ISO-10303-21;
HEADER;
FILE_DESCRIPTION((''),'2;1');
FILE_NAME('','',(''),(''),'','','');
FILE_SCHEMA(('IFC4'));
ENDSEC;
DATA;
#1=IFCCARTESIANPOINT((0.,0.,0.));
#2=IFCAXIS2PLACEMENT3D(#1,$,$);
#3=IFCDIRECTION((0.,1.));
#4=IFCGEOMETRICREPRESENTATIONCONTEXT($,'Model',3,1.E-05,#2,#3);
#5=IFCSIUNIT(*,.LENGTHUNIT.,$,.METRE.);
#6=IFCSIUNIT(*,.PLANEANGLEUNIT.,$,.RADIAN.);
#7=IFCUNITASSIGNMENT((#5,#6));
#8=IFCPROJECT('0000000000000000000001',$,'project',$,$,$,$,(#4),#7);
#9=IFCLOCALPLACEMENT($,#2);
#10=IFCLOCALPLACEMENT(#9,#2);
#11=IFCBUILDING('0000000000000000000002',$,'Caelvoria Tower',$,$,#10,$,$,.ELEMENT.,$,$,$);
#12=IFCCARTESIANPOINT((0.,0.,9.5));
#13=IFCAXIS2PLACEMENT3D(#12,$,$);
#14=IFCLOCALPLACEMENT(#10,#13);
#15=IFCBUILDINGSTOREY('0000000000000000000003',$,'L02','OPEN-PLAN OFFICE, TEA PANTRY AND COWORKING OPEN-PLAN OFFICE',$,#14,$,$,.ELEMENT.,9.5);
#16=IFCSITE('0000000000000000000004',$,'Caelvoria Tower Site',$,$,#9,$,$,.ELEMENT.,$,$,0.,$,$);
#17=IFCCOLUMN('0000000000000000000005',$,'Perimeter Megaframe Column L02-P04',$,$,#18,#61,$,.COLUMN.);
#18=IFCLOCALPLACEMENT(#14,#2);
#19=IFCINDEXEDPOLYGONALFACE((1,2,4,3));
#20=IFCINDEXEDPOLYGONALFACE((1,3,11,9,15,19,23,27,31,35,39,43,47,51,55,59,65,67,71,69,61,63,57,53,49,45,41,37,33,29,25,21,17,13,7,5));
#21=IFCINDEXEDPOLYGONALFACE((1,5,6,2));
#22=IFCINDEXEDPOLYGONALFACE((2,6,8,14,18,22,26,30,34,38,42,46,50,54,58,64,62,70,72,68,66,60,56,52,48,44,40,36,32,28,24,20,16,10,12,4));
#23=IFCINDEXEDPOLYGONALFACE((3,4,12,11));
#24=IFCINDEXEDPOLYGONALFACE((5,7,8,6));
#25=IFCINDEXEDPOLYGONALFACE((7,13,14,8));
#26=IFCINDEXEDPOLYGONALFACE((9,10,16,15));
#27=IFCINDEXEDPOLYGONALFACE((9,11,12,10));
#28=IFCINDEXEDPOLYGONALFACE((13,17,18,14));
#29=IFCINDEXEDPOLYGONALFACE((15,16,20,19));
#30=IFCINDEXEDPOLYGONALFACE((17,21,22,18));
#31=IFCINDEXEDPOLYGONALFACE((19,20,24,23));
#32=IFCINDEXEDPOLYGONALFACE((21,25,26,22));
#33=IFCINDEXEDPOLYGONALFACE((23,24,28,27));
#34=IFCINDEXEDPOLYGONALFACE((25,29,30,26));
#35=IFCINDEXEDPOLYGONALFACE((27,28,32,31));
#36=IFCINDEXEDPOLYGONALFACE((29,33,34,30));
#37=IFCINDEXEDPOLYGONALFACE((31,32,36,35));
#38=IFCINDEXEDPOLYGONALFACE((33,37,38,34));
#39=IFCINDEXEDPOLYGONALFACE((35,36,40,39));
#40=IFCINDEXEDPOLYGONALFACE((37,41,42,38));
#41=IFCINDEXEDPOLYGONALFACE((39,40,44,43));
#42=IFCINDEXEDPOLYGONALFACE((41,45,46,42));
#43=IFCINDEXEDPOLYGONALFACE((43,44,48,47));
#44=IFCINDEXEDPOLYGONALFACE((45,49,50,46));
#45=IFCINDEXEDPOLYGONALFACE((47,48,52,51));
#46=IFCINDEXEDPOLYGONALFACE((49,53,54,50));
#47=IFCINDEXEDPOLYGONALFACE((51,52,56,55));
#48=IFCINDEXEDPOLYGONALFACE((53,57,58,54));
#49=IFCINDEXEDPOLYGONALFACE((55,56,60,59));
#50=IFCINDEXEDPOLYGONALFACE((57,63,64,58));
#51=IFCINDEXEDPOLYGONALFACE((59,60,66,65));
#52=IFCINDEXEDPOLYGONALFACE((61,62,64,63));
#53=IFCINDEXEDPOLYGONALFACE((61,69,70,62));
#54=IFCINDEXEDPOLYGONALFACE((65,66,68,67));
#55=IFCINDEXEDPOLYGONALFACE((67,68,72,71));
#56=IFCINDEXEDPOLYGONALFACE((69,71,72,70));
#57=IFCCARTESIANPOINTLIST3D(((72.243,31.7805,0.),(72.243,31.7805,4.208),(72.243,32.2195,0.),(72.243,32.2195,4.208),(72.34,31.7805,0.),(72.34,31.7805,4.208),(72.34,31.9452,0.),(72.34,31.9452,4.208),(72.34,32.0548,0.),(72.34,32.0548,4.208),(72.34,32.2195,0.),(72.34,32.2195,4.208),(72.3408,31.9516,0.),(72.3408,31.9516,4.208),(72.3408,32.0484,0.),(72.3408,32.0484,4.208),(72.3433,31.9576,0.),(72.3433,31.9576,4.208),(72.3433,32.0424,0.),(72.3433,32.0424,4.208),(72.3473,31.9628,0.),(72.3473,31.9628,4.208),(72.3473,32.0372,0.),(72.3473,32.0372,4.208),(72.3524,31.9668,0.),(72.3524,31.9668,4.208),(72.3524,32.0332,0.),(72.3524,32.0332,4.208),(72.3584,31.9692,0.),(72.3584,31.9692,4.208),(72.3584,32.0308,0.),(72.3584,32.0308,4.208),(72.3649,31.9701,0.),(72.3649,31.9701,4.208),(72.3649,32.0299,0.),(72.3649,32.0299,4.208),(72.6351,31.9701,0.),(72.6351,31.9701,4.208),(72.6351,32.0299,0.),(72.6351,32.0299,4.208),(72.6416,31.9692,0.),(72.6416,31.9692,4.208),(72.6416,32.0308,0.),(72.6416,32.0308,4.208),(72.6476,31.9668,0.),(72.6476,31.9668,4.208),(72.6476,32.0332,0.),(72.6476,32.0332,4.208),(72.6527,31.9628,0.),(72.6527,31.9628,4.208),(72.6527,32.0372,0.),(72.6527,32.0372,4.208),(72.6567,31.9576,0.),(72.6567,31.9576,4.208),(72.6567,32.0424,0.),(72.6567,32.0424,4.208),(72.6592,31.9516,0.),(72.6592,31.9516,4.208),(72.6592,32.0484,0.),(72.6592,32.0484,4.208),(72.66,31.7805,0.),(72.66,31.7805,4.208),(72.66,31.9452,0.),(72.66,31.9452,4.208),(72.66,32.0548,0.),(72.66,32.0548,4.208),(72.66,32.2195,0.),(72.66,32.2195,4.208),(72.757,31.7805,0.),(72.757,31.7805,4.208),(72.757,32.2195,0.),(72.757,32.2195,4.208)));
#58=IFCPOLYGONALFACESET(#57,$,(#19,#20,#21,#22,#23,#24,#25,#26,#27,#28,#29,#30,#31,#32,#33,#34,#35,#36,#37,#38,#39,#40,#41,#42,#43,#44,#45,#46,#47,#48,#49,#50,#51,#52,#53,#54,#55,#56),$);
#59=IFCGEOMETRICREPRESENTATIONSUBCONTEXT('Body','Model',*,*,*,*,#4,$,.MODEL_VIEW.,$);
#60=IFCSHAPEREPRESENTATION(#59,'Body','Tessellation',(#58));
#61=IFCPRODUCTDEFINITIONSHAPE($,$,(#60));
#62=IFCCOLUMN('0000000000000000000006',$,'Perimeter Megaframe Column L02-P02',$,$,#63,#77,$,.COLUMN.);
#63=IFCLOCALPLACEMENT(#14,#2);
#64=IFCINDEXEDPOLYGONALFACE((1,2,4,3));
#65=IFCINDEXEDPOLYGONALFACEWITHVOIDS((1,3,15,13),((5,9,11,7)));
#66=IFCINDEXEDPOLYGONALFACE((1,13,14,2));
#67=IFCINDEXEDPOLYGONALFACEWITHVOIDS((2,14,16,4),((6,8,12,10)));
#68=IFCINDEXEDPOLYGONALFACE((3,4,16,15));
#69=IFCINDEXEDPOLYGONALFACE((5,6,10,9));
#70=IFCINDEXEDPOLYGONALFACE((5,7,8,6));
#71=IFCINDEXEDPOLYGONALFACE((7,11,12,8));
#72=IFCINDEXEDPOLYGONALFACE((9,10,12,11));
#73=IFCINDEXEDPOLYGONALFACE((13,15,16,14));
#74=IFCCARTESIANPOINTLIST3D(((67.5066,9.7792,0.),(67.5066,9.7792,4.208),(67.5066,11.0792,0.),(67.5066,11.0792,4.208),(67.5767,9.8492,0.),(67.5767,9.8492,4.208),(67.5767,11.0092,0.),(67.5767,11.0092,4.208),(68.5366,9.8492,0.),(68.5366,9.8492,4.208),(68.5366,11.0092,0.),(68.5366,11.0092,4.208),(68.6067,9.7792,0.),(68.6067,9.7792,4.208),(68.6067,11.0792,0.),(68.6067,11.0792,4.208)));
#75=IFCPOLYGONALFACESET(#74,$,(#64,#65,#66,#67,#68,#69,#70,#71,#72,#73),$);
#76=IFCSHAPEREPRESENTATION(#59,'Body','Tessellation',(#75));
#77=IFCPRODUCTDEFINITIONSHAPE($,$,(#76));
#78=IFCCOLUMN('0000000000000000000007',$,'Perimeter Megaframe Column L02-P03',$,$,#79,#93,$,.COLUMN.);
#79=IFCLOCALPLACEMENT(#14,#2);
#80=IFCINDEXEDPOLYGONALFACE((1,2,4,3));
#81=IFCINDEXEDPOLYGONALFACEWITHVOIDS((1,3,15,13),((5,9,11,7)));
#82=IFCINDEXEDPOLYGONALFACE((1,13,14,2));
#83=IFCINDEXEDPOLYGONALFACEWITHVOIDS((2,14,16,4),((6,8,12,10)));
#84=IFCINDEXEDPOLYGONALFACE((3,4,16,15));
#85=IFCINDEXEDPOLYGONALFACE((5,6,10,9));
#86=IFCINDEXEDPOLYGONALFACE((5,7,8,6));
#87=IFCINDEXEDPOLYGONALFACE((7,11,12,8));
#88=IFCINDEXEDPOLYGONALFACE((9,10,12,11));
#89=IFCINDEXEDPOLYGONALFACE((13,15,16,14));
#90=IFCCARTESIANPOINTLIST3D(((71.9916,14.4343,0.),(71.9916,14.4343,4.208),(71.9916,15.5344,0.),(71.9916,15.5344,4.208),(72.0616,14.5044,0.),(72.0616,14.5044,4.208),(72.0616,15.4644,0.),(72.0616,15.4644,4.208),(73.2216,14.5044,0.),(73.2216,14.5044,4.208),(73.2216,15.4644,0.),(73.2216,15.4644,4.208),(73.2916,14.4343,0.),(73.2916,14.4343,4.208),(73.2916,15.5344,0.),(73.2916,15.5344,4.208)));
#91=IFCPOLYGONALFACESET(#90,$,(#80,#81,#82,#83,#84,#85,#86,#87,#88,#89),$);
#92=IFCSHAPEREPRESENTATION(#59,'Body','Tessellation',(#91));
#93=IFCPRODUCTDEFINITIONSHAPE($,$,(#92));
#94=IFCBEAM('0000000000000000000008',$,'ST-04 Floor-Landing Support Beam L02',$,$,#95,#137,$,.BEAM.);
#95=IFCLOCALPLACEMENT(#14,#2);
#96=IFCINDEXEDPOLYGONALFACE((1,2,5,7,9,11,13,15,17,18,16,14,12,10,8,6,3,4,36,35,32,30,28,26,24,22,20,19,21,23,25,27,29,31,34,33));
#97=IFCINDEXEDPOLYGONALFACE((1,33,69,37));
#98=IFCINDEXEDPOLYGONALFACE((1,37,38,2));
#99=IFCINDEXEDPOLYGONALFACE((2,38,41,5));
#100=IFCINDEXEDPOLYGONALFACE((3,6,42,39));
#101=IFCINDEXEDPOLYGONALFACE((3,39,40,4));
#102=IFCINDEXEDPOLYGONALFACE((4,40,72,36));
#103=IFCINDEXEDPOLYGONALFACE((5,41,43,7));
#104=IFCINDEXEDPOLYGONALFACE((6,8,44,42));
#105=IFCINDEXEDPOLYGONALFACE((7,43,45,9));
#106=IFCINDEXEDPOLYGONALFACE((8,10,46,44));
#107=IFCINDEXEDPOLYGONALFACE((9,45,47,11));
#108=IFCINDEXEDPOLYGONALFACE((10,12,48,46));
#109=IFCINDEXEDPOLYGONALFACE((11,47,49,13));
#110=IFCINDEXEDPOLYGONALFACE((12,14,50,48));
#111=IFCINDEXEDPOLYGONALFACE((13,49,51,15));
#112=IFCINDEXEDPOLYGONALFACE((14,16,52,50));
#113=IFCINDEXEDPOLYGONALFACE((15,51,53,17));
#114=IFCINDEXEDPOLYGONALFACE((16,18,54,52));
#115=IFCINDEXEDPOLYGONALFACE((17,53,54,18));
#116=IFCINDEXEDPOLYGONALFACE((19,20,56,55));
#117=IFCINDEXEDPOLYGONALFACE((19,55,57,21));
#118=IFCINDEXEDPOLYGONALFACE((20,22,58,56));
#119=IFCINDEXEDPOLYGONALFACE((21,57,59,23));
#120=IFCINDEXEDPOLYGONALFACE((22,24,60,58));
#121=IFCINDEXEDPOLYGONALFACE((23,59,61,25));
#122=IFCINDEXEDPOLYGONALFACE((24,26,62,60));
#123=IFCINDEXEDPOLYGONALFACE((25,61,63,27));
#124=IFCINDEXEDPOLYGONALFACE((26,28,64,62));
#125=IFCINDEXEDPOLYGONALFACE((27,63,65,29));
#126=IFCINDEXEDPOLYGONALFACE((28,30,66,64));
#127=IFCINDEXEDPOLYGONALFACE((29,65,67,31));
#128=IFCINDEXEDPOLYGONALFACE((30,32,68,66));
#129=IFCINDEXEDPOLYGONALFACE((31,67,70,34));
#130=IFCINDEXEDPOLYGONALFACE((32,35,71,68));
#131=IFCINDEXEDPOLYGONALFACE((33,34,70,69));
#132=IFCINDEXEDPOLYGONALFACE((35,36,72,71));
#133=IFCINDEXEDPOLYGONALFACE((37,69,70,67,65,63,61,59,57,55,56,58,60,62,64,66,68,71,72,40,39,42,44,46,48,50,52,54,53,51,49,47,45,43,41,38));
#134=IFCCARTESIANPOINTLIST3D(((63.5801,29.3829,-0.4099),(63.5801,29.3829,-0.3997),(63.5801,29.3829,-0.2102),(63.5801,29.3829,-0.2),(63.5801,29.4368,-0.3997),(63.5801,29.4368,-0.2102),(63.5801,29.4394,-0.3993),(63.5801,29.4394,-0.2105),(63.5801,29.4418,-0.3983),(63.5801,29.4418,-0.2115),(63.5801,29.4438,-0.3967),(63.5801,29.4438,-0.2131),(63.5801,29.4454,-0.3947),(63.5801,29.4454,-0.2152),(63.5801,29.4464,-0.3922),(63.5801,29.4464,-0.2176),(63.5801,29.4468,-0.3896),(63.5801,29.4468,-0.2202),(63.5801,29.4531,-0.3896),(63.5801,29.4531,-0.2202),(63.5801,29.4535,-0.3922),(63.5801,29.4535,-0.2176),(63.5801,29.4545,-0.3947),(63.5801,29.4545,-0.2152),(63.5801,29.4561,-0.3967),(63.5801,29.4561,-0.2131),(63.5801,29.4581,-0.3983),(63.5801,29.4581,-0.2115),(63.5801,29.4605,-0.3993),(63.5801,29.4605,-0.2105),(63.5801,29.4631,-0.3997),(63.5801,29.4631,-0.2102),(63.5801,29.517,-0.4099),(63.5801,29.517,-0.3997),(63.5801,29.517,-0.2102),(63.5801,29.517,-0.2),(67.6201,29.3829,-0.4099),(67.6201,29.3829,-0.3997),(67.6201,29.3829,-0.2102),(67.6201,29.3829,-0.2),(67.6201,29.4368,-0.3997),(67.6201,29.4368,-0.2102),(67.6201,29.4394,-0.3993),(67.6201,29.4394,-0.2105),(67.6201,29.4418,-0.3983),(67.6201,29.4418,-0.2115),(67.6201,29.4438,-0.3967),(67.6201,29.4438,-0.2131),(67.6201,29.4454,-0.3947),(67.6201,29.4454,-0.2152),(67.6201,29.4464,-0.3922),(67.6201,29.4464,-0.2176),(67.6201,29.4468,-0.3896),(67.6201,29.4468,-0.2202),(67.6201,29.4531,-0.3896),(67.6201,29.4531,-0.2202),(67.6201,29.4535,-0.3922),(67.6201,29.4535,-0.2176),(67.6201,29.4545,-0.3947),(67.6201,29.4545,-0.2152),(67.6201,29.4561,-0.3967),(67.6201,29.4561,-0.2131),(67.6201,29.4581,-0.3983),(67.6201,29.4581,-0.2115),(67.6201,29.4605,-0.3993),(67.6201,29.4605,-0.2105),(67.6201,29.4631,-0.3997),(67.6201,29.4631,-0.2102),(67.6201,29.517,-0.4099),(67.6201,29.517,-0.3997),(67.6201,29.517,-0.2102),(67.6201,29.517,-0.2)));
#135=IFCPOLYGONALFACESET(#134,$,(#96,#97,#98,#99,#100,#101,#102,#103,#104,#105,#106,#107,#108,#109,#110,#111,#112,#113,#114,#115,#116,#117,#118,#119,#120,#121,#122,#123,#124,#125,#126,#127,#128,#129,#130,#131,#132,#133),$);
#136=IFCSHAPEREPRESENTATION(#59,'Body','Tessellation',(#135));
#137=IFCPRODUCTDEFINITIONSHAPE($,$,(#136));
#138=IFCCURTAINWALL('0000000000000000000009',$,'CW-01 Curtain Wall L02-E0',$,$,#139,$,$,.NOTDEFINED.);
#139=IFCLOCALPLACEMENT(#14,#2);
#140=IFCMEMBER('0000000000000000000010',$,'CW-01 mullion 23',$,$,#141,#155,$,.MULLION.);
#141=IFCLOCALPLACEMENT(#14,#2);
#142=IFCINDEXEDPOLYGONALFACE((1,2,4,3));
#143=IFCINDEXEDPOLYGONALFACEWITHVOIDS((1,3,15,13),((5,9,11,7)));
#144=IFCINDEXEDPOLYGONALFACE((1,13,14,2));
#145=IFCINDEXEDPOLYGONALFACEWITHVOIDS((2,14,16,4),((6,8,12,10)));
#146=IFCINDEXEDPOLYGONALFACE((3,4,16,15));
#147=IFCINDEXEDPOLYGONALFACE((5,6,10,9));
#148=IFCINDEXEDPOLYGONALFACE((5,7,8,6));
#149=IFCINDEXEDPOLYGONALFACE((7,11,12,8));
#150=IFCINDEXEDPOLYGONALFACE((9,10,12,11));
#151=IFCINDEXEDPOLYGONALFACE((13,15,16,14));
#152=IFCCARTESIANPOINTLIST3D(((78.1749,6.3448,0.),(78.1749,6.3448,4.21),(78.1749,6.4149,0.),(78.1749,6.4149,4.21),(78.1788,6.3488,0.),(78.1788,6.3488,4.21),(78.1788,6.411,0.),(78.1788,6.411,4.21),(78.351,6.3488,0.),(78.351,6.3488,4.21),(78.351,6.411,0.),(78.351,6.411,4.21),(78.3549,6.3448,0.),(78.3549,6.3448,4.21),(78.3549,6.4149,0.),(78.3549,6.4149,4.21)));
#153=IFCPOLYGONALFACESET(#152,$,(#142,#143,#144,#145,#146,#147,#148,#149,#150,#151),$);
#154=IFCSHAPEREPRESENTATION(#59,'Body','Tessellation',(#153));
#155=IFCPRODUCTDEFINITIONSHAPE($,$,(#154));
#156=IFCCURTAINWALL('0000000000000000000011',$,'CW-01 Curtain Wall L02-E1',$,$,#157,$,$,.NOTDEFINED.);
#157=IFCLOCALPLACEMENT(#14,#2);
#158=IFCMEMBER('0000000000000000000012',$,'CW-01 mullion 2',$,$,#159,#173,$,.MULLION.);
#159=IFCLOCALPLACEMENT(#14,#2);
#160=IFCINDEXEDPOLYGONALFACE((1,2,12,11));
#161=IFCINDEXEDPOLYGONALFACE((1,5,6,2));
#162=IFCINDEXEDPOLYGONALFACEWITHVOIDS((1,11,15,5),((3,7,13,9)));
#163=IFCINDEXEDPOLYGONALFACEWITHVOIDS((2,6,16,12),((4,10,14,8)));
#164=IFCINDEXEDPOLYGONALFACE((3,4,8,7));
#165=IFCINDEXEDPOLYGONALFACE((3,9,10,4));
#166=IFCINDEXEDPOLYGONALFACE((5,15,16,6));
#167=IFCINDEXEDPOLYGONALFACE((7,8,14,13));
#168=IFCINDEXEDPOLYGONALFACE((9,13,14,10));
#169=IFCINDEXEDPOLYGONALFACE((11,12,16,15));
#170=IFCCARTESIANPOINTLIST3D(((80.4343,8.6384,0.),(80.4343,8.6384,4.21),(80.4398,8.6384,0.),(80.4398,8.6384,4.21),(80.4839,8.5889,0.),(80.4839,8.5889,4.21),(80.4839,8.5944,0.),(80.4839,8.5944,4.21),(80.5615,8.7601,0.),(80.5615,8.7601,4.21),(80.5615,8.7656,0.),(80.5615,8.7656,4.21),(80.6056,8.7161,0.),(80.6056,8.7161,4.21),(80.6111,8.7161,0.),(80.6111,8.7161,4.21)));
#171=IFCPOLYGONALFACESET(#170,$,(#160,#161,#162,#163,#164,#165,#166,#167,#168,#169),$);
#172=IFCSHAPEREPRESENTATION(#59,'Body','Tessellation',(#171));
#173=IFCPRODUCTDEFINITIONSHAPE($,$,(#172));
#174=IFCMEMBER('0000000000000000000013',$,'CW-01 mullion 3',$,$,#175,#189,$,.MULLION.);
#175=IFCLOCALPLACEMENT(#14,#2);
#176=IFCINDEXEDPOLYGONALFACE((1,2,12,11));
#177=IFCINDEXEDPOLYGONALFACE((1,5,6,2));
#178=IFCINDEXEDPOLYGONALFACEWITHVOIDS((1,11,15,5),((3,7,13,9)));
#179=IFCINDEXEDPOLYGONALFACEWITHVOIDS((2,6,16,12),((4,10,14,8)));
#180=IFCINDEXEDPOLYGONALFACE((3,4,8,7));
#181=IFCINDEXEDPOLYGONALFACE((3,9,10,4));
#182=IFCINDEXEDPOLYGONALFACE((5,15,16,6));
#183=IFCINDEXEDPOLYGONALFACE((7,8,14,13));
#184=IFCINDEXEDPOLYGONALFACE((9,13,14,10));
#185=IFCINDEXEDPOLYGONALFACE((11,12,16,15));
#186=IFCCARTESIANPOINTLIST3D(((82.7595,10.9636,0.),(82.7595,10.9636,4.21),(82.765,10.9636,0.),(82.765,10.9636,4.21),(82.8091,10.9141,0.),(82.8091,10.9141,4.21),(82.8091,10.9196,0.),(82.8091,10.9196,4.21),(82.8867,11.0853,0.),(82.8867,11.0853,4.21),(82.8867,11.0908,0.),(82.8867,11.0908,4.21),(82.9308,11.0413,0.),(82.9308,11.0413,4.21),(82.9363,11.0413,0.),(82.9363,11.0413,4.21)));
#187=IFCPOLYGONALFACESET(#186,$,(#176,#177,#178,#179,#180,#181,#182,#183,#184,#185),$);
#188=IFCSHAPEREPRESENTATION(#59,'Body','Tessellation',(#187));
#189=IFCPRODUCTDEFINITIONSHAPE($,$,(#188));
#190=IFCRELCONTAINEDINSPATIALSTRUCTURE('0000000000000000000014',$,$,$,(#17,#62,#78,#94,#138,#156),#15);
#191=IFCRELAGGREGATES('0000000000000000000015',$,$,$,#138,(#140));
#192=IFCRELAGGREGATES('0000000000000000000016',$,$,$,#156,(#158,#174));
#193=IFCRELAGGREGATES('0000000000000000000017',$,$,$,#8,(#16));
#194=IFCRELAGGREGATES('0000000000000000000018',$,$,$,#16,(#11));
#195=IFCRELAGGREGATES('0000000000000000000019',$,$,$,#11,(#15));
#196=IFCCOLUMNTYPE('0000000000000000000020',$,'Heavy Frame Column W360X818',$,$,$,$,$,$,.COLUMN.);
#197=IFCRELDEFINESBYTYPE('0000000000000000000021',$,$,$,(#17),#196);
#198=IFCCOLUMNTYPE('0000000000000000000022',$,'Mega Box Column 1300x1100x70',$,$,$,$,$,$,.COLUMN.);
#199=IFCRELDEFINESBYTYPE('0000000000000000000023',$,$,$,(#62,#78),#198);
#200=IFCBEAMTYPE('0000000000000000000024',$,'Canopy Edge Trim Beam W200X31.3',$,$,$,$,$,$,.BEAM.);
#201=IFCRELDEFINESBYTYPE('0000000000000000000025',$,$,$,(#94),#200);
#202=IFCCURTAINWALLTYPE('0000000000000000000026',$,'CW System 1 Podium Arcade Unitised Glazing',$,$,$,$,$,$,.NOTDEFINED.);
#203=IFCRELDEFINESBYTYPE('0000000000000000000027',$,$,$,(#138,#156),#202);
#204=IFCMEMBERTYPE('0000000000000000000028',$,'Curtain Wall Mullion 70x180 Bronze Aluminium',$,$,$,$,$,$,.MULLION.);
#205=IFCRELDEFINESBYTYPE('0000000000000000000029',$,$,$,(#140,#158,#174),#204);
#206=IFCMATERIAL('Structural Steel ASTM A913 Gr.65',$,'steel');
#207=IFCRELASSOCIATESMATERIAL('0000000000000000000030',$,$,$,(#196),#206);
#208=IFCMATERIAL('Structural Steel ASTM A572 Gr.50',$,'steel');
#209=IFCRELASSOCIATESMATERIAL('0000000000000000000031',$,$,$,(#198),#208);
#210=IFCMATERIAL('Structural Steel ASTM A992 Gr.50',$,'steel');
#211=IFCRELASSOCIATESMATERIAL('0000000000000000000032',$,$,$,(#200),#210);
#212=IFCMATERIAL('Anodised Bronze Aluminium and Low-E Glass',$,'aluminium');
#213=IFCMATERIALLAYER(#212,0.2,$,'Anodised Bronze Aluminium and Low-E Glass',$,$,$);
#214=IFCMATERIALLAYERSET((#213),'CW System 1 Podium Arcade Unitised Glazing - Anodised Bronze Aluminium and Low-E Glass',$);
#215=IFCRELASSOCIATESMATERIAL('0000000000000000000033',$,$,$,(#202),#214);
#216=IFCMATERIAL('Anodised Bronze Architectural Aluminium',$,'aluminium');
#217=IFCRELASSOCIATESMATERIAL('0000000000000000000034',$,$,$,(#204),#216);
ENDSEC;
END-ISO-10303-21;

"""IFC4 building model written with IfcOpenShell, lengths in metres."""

from ifc_helpers import new_model, si_unit, direction, frame, origin, origin_2d, place, context, subcontext, project, spatial, hollow_rectangle, i_section, extrude, material, layer, layer_set, material_profile, profile_set, type_object, element, aggregate, save


model = new_model("IFC4")

# Units and contexts
model_context = context("Model", 3, precision=1e-05, world=origin(), true_north=direction((0.0, 1.0)))
body_context = subcontext(model_context, "Body", "Model", "MODEL_VIEW")
ifc_project = project(units=[si_unit("LENGTHUNIT", "METRE"), si_unit("PLANEANGLEUNIT", "RADIAN")], contexts=[model_context])

# Site, building, storey
site_placement = place(None, origin())
site = spatial("IfcSite", under=ifc_project, at=site_placement, Name="Caelvoria Tower Site", CompositionType="ELEMENT", RefElevation=0.0)
building_placement = place(site_placement, origin())
building = spatial("IfcBuilding", under=site, at=building_placement, Name="Caelvoria Tower", CompositionType="ELEMENT")
storey_placement = place(building_placement, frame((0.0, 0.0, 9.5)))
storey = spatial("IfcBuildingStorey", under=building, at=storey_placement, Name="L02", Description="OPEN-PLAN OFFICE, TEA PANTRY AND COWORKING OPEN-PLAN OFFICE", CompositionType="ELEMENT", Elevation=9.5)

# Columns
ifc_material_1 = material(Name="Structural Steel ASTM A913 Gr.65", Category="steel")
ifc_material_profile_1 = material_profile(ifc_material_1, i_section(OverallWidth=0.439, OverallDepth=0.5139, WebThickness=0.0598, FlangeThickness=0.0969, FilletRadius=0.0249, at=origin_2d()), Name="Structural Steel ASTM A913 Gr.65")
ifc_profile_set_1 = profile_set([ifc_material_profile_1], Name="W360X818 - Structural Steel ASTM A913 Gr.65")
column_type_1 = type_object("IfcColumnType", Name="Heavy Frame Column W360X818", PredefinedType="COLUMN", material=ifc_profile_set_1)
column_placement = place(storey_placement, frame((72.5, 32.0, 0.0), z_axis=(0.0, 0.0, 1.0), x_axis=(0.0, 1.0, 0.0)))
element("IfcColumn", 1, at=column_placement, inside=storey, type_object=column_type_1, Name="Perimeter Megaframe Column L02-P04", PredefinedType="COLUMN", context=body_context, shape_type="SweptSolid", body=[
    extrude(i_section(OverallWidth=0.439, OverallDepth=0.5139, WebThickness=0.0598, FlangeThickness=0.0969, FilletRadius=0.0249, at=origin_2d()), origin(), (0.0, 0.0, 1.0), 4.208),
])
ifc_material_2 = material(Name="Structural Steel ASTM A572 Gr.50", Category="steel")
ifc_material_profile_2 = material_profile(ifc_material_2, hollow_rectangle(XDim=1.1001, YDim=1.3, WallThickness=0.0701, at=origin_2d()), Name="Structural Steel ASTM A572 Gr.50")
ifc_profile_set_2 = profile_set([ifc_material_profile_2], Name="BOX1300X1100X70 - Structural Steel ASTM A572 Gr.50")
column_type_2 = type_object("IfcColumnType", Name="Mega Box Column 1300x1100x70", PredefinedType="COLUMN", material=ifc_profile_set_2)
for number, where, z_axis, x_axis, name in (
    (2, (68.0566, 10.4292, 0.0), (0.0, 0.0, 1.0), (1.0, 0.0, 0.0), "Perimeter Megaframe Column L02-P02"),
    (3, (72.6416, 14.9844, 0.0), (0.0, 0.0, 1.0), (0.0, 1.0, 0.0), "Perimeter Megaframe Column L02-P03"),
):
    element("IfcColumn", number, at=place(storey_placement, frame(where, z_axis=z_axis, x_axis=x_axis)), inside=storey, type_object=column_type_2, Name=name, PredefinedType="COLUMN", context=body_context, shape_type="SweptSolid", body=[
        extrude(hollow_rectangle(XDim=1.1001, YDim=1.3, WallThickness=0.0701, at=origin_2d()), origin(), (0.0, 0.0, 1.0), 4.208),
    ])

# Beam
ifc_material_3 = material(Name="Structural Steel ASTM A992 Gr.50", Category="steel")
ifc_material_profile_3 = material_profile(ifc_material_3, i_section(OverallWidth=0.134, OverallDepth=0.21, WebThickness=0.0063, FlangeThickness=0.0103, FilletRadius=0.01, at=origin_2d()), Name="Structural Steel ASTM A992 Gr.50")
ifc_profile_set_3 = profile_set([ifc_material_profile_3], Name="W200X31.3 - Structural Steel ASTM A992 Gr.50")
beam_type_1 = type_object("IfcBeamType", Name="Canopy Edge Trim Beam W200X31.3", PredefinedType="BEAM", material=ifc_profile_set_3)
beam_1_placement = place(storey_placement, frame((63.5801, 29.45, -0.3049), z_axis=(1.0, 0.0, 0.0), x_axis=(0.0, 1.0, 0.0)))
element("IfcBeam", 4, at=beam_1_placement, inside=storey, type_object=beam_type_1, Name="ST-04 Floor-Landing Support Beam L02", PredefinedType="BEAM", context=body_context, shape_type="SweptSolid", body=[
    extrude(i_section(OverallWidth=0.134, OverallDepth=0.21, WebThickness=0.0063, FlangeThickness=0.0103, FilletRadius=0.01, at=origin_2d()), origin(), (0.0, 0.0, 1.0), 4.04),
])

# Curtain wall, member
ifc_material_4 = material(Name="Anodised Bronze Aluminium and Low-E Glass", Category="aluminium")
ifc_layer_1 = layer(ifc_material_4, 0.2, Name="Anodised Bronze Aluminium and Low-E Glass")
ifc_layer_set_1 = layer_set([ifc_layer_1], Name="CW System 1 Podium Arcade Unitised Glazing - Anodised Bronze Aluminium and Low-E Glass")
curtain_wall_type = type_object("IfcCurtainWallType", Name="CW System 1 Podium Arcade Unitised Glazing", PredefinedType="NOTDEFINED", material=ifc_layer_set_1)
curtain_wall_1_placement = place(storey_placement, origin())
curtain_wall_1 = element("IfcCurtainWall", 5, at=curtain_wall_1_placement, inside=storey, type_object=curtain_wall_type, Name="CW-01 Curtain Wall L02-E0", PredefinedType="NOTDEFINED")
ifc_material_5 = material(Name="Anodised Bronze Architectural Aluminium", Category="aluminium")
ifc_material_profile_4 = material_profile(ifc_material_5, hollow_rectangle(XDim=0.0701, YDim=0.1799, WallThickness=0.0039, at=origin_2d()), Name="Anodised Bronze Architectural Aluminium")
ifc_profile_set_4 = profile_set([ifc_material_profile_4], Name="CW_MULL_70X180 - Anodised Bronze Architectural Aluminium")
member_type_1 = type_object("IfcMemberType", Name="Curtain Wall Mullion 70x180 Bronze Aluminium", PredefinedType="MULLION", material=ifc_profile_set_4)
member_1_placement = place(storey_placement, frame((78.2649, 6.3799, 0.0), z_axis=(0.0, 0.0, 1.0), x_axis=(0.0, 1.0, 0.0)))
member_1 = element("IfcMember", 6, at=member_1_placement, type_object=member_type_1, Name="CW-01 mullion 23", PredefinedType="MULLION", context=body_context, shape_type="SweptSolid", body=[
    extrude(hollow_rectangle(XDim=0.0701, YDim=0.1799, WallThickness=0.0039, at=origin_2d()), origin(), (0.0, 0.0, 1.0), 4.21),
])

# Curtain wall, members
curtain_wall_2_placement = place(storey_placement, origin())
curtain_wall_2 = element("IfcCurtainWall", 7, at=curtain_wall_2_placement, inside=storey, type_object=curtain_wall_type, Name="CW-01 Curtain Wall L02-E1", PredefinedType="NOTDEFINED")
member_2_placement = place(storey_placement, frame((80.5227, 8.6772, 0.0), z_axis=(0.0, 0.0, 1.0), x_axis=(-0.707107, 0.707107, 0.0)))
member_2 = element("IfcMember", 8, at=member_2_placement, type_object=member_type_1, Name="CW-01 mullion 2", PredefinedType="MULLION", context=body_context, shape_type="SweptSolid", body=[
    extrude(hollow_rectangle(XDim=0.0701, YDim=0.1799, WallThickness=0.0039, at=origin_2d()), origin(), (0.0, 0.0, 1.0), 4.21),
])
member_3_placement = place(storey_placement, frame((82.8479, 11.0024, 0.0), z_axis=(0.0, 0.0, 1.0), x_axis=(-0.707107, 0.707107, 0.0)))
member_3 = element("IfcMember", 9, at=member_3_placement, type_object=member_type_1, Name="CW-01 mullion 3", PredefinedType="MULLION", context=body_context, shape_type="SweptSolid", body=[
    extrude(hollow_rectangle(XDim=0.0701, YDim=0.1799, WallThickness=0.0039, at=origin_2d()), origin(), (0.0, 0.0, 1.0), 4.21),
])

aggregate(curtain_wall_1, [member_1])
aggregate(curtain_wall_2, [member_2, member_3])

save(model, "model.ifc")
